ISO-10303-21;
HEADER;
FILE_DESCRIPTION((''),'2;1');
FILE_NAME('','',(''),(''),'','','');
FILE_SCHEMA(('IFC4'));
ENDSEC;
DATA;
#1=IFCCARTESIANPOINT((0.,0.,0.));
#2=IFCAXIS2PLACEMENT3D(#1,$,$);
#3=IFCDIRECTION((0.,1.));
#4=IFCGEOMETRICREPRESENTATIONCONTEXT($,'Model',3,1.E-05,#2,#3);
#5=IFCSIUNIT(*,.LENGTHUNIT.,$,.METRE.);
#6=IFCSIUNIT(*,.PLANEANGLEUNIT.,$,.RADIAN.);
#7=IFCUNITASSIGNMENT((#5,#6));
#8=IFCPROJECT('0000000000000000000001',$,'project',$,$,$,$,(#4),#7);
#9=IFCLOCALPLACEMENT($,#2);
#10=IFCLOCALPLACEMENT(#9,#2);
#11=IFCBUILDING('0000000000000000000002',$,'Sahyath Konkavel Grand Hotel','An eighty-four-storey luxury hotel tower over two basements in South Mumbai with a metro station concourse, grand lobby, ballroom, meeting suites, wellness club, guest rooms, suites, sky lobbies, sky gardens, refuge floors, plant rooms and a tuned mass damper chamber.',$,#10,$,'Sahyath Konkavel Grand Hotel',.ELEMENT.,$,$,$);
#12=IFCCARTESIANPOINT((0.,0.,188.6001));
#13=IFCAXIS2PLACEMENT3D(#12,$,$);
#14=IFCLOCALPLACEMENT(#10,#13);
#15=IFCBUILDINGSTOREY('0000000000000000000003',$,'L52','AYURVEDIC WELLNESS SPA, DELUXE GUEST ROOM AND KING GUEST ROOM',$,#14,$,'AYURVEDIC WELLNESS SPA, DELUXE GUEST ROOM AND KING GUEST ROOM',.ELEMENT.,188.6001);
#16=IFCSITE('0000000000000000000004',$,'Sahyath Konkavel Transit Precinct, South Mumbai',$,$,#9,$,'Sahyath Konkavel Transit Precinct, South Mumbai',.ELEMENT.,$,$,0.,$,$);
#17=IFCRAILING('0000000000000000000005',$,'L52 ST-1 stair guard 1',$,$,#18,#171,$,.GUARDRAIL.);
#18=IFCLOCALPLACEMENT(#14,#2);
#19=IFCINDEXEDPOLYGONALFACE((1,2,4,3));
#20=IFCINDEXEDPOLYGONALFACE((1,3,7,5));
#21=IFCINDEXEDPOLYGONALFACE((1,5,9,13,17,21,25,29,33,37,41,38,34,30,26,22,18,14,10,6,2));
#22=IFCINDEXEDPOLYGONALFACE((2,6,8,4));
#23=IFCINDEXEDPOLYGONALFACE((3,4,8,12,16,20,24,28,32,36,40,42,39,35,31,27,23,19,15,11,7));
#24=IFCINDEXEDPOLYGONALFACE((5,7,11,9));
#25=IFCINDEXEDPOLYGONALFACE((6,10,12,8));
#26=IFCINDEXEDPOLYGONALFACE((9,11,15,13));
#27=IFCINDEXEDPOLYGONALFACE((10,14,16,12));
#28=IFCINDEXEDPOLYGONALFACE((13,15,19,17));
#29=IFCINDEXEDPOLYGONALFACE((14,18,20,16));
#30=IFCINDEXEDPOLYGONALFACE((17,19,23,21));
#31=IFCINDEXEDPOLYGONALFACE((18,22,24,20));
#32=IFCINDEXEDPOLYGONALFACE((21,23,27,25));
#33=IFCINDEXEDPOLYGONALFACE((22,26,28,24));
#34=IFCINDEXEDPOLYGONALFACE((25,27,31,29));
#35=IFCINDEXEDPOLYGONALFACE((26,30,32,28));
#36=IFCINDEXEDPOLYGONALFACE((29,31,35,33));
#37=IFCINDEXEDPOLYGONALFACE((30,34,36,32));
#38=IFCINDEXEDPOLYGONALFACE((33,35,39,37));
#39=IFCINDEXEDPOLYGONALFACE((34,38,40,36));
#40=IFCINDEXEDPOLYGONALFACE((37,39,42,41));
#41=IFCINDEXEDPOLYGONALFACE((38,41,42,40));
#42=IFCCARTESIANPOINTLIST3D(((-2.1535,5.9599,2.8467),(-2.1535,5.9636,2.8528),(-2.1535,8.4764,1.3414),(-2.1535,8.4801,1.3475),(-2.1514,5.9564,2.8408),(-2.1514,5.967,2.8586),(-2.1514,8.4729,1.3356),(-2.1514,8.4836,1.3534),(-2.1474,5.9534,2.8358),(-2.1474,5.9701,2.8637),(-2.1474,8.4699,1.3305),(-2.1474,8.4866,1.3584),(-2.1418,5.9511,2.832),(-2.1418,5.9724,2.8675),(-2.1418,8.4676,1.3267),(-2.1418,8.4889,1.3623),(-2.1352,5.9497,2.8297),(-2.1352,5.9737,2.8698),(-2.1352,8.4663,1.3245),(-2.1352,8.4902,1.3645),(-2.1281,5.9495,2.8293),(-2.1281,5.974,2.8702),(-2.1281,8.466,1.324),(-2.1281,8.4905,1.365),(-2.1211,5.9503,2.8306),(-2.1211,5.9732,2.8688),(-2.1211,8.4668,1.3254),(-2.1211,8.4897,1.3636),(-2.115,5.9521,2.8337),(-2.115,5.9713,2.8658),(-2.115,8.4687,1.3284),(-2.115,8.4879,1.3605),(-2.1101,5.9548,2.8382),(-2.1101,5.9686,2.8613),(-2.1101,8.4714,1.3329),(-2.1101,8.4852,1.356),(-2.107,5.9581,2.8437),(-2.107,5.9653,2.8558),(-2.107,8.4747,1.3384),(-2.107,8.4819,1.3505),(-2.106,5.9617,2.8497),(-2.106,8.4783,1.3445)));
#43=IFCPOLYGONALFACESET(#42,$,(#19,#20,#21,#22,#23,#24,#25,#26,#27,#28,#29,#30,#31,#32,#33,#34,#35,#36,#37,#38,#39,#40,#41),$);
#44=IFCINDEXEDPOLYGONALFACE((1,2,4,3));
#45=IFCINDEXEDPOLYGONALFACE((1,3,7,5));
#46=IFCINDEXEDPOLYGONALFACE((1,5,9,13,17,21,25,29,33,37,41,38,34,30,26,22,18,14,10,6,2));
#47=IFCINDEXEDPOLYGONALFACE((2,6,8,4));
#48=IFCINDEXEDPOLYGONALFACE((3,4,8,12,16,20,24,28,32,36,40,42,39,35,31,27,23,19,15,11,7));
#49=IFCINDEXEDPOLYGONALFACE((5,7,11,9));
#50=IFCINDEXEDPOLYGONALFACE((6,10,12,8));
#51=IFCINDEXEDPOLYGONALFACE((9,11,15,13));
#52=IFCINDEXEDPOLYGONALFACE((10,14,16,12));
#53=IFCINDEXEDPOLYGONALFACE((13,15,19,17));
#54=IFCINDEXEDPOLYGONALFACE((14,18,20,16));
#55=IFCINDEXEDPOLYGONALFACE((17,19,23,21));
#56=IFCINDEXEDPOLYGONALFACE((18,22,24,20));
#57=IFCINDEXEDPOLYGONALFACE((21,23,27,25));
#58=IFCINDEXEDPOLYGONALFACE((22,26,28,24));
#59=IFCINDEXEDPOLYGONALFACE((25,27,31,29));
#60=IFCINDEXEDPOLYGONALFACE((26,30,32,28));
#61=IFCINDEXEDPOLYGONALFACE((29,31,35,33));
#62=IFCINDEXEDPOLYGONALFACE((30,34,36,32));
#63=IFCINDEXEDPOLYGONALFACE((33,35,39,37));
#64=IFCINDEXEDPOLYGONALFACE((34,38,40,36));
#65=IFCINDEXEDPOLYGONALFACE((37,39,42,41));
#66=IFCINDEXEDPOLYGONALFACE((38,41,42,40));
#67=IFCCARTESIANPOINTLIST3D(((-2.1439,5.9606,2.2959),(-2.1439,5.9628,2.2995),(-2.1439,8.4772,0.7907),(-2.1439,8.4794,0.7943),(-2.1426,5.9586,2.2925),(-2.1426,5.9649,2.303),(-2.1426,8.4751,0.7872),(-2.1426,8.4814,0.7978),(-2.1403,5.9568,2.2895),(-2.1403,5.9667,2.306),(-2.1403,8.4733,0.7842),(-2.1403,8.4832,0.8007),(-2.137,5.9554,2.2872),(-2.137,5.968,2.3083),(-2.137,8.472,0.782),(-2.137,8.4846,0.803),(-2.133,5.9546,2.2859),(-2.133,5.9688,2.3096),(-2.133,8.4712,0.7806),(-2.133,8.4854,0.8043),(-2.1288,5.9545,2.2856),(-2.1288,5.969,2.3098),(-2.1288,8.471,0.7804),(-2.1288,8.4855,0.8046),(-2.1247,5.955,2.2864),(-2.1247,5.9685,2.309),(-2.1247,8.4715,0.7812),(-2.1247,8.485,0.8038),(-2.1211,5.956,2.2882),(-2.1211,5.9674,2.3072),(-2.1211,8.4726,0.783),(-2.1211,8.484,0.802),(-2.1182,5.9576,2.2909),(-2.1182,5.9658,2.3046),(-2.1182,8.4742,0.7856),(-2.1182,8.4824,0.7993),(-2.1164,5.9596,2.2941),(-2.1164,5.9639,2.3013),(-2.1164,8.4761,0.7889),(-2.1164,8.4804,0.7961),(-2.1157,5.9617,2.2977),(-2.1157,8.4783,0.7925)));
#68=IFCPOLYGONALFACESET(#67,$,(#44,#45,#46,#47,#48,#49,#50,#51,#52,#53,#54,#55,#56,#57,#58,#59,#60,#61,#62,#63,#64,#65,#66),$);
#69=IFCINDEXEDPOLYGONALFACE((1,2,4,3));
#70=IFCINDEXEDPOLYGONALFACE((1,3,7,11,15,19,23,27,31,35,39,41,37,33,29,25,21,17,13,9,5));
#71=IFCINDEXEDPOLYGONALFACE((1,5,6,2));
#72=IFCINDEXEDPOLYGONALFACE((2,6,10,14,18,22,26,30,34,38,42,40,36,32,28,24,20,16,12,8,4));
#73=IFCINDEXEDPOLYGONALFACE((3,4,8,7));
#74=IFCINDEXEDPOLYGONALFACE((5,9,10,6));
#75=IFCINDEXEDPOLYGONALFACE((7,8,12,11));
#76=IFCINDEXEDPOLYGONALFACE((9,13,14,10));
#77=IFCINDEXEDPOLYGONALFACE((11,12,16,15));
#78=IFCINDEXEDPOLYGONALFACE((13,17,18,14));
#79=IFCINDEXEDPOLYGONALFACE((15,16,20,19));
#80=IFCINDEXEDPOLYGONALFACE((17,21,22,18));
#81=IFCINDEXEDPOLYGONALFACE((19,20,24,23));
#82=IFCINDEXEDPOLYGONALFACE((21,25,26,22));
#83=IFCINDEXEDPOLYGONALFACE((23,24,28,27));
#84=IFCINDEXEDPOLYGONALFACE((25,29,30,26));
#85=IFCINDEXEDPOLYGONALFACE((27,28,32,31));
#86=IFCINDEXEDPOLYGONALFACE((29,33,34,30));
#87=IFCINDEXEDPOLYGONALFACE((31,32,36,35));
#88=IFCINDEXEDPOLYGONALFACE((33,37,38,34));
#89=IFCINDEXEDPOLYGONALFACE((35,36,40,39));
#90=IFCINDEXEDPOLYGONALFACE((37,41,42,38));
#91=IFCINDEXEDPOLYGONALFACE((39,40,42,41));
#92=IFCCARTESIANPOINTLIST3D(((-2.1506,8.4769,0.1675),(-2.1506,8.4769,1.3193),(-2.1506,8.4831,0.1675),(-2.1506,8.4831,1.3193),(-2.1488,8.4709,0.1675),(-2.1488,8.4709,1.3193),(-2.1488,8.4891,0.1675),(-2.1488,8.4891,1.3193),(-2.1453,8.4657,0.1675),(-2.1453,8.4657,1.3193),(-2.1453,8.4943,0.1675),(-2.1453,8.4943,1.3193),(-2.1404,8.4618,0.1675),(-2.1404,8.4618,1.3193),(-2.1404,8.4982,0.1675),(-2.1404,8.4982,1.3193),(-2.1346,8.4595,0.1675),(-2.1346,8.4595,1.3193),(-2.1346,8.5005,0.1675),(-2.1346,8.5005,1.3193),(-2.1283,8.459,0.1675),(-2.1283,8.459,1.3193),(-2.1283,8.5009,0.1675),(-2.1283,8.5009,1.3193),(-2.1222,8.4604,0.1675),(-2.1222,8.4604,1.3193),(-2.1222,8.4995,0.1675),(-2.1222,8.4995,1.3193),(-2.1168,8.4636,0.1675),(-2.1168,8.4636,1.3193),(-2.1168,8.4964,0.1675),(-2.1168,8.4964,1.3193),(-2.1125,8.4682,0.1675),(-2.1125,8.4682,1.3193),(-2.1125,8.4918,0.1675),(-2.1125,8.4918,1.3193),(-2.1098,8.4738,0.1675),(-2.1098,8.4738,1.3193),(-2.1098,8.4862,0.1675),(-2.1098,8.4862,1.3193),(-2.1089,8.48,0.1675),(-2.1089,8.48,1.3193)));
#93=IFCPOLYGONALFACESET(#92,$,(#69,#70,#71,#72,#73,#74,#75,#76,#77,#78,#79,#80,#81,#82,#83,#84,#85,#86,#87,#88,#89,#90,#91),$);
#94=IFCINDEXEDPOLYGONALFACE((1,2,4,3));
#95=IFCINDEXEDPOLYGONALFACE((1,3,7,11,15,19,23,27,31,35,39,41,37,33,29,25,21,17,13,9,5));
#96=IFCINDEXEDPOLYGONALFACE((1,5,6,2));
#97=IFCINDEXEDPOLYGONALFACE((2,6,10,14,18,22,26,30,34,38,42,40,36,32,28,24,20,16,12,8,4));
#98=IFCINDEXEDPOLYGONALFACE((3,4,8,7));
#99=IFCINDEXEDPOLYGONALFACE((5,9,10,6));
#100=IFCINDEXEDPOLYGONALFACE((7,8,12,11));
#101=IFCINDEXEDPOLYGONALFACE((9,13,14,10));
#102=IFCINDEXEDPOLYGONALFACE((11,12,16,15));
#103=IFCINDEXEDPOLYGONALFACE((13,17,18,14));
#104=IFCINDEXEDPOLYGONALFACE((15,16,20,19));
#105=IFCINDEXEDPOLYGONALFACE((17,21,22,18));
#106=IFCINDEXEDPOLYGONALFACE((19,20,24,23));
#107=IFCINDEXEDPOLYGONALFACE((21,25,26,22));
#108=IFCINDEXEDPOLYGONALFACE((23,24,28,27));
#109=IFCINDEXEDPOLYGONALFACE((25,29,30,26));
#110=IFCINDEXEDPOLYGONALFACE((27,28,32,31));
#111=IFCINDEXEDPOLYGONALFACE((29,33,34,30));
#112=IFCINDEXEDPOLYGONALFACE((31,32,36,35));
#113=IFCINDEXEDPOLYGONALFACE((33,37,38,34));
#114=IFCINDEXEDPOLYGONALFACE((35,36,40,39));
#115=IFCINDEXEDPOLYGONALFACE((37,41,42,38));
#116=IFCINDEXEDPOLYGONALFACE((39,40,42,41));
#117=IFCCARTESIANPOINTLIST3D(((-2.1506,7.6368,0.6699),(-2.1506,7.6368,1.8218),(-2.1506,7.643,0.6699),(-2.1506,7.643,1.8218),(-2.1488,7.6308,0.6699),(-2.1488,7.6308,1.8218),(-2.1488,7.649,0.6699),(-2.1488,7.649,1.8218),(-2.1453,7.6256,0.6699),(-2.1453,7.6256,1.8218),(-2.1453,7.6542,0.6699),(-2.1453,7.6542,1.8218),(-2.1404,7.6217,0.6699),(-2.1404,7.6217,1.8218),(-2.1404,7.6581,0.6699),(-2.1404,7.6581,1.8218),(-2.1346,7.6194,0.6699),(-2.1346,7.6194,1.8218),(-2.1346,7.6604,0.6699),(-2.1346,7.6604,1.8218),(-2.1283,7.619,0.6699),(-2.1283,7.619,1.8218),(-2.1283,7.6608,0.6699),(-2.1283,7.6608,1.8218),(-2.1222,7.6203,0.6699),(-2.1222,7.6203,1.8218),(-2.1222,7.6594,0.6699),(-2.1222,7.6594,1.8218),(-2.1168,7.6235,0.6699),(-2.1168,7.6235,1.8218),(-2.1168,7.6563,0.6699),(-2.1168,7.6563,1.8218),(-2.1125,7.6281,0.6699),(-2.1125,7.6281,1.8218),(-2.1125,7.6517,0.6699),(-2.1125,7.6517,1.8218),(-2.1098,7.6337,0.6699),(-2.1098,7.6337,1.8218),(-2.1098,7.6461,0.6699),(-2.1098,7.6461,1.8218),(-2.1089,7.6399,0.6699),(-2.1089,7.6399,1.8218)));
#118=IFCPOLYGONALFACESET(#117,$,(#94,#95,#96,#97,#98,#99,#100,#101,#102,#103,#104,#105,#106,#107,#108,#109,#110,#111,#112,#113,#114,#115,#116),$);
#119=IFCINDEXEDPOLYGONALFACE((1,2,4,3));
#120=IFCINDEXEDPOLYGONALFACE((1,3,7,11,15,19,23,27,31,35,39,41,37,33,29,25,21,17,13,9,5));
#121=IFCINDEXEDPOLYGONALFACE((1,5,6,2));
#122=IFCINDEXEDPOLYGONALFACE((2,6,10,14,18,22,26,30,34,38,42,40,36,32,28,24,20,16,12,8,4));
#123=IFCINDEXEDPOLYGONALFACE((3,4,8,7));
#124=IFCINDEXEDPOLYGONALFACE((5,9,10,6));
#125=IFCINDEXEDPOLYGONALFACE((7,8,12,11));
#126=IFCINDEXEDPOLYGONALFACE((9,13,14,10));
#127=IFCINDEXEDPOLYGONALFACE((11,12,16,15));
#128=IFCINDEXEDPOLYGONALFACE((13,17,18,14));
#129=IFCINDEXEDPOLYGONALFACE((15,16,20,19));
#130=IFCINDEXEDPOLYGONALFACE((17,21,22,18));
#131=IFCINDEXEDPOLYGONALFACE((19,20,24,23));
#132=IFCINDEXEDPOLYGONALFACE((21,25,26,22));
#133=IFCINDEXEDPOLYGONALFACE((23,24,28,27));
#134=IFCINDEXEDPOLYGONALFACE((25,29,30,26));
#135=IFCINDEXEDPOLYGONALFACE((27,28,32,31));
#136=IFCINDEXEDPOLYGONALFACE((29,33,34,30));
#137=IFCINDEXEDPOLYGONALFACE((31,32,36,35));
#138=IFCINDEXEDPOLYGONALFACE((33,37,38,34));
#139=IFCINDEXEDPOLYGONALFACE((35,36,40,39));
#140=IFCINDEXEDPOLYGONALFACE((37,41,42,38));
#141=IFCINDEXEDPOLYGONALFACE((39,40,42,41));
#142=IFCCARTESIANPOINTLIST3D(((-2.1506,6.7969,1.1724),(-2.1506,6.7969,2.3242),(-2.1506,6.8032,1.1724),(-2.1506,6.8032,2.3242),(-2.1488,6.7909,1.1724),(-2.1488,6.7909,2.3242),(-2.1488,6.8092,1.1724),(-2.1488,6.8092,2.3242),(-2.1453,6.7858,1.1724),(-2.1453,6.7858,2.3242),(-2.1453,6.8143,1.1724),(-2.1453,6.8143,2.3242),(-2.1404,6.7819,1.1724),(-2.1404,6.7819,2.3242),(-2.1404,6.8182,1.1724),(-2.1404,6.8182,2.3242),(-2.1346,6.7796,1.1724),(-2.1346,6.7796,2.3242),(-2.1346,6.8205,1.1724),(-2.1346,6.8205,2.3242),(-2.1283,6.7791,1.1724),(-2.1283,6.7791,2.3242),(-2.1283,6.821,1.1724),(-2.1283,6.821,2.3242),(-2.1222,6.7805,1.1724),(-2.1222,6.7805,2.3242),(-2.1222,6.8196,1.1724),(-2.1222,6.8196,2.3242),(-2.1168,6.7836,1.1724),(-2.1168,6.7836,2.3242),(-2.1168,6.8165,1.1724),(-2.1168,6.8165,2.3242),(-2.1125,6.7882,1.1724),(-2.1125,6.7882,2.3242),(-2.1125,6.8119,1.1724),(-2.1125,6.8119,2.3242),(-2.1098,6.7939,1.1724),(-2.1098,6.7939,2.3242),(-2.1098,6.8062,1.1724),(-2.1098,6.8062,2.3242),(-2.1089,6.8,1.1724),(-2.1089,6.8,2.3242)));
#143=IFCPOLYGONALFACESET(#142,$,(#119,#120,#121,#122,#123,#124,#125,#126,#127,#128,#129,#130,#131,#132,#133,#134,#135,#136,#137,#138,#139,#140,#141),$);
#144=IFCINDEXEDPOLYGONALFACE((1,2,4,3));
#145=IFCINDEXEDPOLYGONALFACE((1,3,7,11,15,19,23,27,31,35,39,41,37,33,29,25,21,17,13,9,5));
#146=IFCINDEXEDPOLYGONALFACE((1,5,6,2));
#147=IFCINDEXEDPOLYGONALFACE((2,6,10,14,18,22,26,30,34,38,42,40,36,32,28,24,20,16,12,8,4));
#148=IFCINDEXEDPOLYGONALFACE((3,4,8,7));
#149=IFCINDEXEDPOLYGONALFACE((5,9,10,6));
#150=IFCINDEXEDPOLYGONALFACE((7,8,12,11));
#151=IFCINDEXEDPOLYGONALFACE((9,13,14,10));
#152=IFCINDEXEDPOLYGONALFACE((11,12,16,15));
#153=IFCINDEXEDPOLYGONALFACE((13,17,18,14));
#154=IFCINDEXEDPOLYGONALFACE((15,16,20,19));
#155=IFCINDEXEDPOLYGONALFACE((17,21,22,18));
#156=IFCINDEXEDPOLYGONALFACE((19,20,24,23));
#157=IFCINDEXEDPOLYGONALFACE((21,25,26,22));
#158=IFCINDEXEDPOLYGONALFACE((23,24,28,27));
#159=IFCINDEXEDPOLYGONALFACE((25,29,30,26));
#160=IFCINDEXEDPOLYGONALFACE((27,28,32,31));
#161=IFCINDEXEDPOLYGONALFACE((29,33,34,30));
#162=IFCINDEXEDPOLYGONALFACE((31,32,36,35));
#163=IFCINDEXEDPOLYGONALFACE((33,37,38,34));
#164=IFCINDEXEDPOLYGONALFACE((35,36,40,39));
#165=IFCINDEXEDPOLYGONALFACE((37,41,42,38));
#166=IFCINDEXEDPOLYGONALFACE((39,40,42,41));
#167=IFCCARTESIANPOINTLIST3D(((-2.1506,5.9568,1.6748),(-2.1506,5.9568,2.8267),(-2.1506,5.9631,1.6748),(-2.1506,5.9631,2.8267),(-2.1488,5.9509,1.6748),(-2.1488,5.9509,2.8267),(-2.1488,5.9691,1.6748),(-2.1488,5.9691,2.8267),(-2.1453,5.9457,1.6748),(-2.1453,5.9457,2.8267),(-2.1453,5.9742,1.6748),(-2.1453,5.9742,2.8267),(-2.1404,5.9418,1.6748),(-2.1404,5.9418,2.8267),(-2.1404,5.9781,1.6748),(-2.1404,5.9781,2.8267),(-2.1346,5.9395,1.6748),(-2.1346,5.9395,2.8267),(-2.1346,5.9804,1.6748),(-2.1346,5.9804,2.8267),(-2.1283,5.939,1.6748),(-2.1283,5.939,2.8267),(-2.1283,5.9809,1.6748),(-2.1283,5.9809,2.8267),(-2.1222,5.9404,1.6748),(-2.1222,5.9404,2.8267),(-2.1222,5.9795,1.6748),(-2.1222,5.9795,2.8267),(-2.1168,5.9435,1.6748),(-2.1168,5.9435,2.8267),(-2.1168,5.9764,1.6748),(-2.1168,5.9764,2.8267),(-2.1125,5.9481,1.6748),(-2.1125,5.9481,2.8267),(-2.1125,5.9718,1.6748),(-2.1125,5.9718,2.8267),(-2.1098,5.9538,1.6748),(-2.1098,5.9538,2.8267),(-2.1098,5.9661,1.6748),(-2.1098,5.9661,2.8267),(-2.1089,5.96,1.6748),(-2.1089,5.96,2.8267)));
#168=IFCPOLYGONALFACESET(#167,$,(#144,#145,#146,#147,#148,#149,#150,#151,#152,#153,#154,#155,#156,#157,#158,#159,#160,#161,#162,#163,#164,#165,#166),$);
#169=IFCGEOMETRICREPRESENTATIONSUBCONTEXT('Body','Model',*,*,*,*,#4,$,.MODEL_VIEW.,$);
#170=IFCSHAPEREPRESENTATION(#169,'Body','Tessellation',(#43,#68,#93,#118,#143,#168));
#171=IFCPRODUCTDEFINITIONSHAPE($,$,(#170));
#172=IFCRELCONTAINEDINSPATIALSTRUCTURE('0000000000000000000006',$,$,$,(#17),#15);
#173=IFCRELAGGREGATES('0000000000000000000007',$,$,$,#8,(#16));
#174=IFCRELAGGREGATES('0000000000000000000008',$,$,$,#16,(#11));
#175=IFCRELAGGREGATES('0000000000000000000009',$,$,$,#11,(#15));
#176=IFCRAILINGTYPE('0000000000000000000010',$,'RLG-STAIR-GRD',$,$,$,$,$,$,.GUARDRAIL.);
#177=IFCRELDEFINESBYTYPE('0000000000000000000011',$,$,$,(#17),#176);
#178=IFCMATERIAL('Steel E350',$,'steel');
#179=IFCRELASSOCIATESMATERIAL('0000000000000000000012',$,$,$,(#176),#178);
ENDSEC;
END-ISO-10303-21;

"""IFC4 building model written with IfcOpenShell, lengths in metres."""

from ifc_helpers import new_model, si_unit, direction, frame, origin, origin_2d, place, context, subcontext, project, spatial, circle, extrude, material, type_object, element, save


model = new_model("IFC4")

# Units and contexts
model_context = context("Model", 3, precision=1e-05, world=origin(), true_north=direction((0.0, 1.0)))
body_context = subcontext(model_context, "Body", "Model", "MODEL_VIEW")
ifc_project = project(units=[si_unit("LENGTHUNIT", "METRE"), si_unit("PLANEANGLEUNIT", "RADIAN")], contexts=[model_context])

# Site, building, storey
site_placement = place(None, origin())
site = spatial("IfcSite", under=ifc_project, at=site_placement, Name="Sahyath Konkavel Transit Precinct, South Mumbai", LongName="Sahyath Konkavel Transit Precinct, South Mumbai", CompositionType="ELEMENT", RefElevation=0.0)
building_placement = place(site_placement, origin())
building = spatial("IfcBuilding", under=site, at=building_placement, Name="Sahyath Konkavel Grand Hotel", Description="An eighty-four-storey luxury hotel tower over two basements in South Mumbai with a metro station concourse, grand lobby, ballroom, meeting suites, wellness club, guest rooms, suites, sky lobbies, sky gardens, refuge floors, plant rooms and a tuned mass damper chamber.", LongName="Sahyath Konkavel Grand Hotel", CompositionType="ELEMENT")
storey_placement = place(building_placement, frame((0.0, 0.0, 188.6001)))
storey = spatial("IfcBuildingStorey", under=building, at=storey_placement, Name="L52", Description="AYURVEDIC WELLNESS SPA, DELUXE GUEST ROOM AND KING GUEST ROOM", LongName="AYURVEDIC WELLNESS SPA, DELUXE GUEST ROOM AND KING GUEST ROOM", CompositionType="ELEMENT", Elevation=188.6001)

# Shared definitions
ifc_material_1 = material(Name="Steel E350", Category="steel")

# Railing
railing_type_1 = type_object("IfcRailingType", Name="RLG-STAIR-GRD", PredefinedType="GUARDRAIL", material=ifc_material_1)
railing_1_placement = place(storey_placement, frame((-2.1299, 8.48, 0.1675)))
element("IfcRailing", 1, at=railing_1_placement, inside=storey, type_object=railing_type_1, Name="L52 ST-1 stair guard 1", PredefinedType="GUARDRAIL", context=body_context, shape_type="SweptSolid", body=[
    extrude(circle(Radius=0.0239, at=origin_2d()), frame((0.0, -0.0017, 1.177), z_axis=(0.0, -0.858196, 0.513321), x_axis=(1.0, 0.0, 0.0)), (0.0, 0.0, 1.0), 2.9324),
    extrude(circle(Radius=0.0142, at=origin_2d()), frame((0.0, -0.0017, 0.625), z_axis=(0.0, -0.858196, 0.513321), x_axis=(1.0, 0.0, 0.0)), (0.0, 0.0, 1.0), 2.9324),
    extrude(circle(Radius=0.021, at=origin_2d()), origin(), (0.0, 0.0, 1.0), 1.1519),
    extrude(circle(Radius=0.021, at=origin_2d()), frame((0.0, -0.8401, 0.5024)), (0.0, 0.0, 1.0), 1.1519),
    extrude(circle(Radius=0.021, at=origin_2d()), frame((0.0, -1.6799, 1.0049)), (0.0, 0.0, 1.0), 1.1519),
    extrude(circle(Radius=0.021, at=origin_2d()), frame((0.0, -2.52, 1.5073)), (0.0, 0.0, 1.0), 1.1519),
])

save(model, "model.ifc")
